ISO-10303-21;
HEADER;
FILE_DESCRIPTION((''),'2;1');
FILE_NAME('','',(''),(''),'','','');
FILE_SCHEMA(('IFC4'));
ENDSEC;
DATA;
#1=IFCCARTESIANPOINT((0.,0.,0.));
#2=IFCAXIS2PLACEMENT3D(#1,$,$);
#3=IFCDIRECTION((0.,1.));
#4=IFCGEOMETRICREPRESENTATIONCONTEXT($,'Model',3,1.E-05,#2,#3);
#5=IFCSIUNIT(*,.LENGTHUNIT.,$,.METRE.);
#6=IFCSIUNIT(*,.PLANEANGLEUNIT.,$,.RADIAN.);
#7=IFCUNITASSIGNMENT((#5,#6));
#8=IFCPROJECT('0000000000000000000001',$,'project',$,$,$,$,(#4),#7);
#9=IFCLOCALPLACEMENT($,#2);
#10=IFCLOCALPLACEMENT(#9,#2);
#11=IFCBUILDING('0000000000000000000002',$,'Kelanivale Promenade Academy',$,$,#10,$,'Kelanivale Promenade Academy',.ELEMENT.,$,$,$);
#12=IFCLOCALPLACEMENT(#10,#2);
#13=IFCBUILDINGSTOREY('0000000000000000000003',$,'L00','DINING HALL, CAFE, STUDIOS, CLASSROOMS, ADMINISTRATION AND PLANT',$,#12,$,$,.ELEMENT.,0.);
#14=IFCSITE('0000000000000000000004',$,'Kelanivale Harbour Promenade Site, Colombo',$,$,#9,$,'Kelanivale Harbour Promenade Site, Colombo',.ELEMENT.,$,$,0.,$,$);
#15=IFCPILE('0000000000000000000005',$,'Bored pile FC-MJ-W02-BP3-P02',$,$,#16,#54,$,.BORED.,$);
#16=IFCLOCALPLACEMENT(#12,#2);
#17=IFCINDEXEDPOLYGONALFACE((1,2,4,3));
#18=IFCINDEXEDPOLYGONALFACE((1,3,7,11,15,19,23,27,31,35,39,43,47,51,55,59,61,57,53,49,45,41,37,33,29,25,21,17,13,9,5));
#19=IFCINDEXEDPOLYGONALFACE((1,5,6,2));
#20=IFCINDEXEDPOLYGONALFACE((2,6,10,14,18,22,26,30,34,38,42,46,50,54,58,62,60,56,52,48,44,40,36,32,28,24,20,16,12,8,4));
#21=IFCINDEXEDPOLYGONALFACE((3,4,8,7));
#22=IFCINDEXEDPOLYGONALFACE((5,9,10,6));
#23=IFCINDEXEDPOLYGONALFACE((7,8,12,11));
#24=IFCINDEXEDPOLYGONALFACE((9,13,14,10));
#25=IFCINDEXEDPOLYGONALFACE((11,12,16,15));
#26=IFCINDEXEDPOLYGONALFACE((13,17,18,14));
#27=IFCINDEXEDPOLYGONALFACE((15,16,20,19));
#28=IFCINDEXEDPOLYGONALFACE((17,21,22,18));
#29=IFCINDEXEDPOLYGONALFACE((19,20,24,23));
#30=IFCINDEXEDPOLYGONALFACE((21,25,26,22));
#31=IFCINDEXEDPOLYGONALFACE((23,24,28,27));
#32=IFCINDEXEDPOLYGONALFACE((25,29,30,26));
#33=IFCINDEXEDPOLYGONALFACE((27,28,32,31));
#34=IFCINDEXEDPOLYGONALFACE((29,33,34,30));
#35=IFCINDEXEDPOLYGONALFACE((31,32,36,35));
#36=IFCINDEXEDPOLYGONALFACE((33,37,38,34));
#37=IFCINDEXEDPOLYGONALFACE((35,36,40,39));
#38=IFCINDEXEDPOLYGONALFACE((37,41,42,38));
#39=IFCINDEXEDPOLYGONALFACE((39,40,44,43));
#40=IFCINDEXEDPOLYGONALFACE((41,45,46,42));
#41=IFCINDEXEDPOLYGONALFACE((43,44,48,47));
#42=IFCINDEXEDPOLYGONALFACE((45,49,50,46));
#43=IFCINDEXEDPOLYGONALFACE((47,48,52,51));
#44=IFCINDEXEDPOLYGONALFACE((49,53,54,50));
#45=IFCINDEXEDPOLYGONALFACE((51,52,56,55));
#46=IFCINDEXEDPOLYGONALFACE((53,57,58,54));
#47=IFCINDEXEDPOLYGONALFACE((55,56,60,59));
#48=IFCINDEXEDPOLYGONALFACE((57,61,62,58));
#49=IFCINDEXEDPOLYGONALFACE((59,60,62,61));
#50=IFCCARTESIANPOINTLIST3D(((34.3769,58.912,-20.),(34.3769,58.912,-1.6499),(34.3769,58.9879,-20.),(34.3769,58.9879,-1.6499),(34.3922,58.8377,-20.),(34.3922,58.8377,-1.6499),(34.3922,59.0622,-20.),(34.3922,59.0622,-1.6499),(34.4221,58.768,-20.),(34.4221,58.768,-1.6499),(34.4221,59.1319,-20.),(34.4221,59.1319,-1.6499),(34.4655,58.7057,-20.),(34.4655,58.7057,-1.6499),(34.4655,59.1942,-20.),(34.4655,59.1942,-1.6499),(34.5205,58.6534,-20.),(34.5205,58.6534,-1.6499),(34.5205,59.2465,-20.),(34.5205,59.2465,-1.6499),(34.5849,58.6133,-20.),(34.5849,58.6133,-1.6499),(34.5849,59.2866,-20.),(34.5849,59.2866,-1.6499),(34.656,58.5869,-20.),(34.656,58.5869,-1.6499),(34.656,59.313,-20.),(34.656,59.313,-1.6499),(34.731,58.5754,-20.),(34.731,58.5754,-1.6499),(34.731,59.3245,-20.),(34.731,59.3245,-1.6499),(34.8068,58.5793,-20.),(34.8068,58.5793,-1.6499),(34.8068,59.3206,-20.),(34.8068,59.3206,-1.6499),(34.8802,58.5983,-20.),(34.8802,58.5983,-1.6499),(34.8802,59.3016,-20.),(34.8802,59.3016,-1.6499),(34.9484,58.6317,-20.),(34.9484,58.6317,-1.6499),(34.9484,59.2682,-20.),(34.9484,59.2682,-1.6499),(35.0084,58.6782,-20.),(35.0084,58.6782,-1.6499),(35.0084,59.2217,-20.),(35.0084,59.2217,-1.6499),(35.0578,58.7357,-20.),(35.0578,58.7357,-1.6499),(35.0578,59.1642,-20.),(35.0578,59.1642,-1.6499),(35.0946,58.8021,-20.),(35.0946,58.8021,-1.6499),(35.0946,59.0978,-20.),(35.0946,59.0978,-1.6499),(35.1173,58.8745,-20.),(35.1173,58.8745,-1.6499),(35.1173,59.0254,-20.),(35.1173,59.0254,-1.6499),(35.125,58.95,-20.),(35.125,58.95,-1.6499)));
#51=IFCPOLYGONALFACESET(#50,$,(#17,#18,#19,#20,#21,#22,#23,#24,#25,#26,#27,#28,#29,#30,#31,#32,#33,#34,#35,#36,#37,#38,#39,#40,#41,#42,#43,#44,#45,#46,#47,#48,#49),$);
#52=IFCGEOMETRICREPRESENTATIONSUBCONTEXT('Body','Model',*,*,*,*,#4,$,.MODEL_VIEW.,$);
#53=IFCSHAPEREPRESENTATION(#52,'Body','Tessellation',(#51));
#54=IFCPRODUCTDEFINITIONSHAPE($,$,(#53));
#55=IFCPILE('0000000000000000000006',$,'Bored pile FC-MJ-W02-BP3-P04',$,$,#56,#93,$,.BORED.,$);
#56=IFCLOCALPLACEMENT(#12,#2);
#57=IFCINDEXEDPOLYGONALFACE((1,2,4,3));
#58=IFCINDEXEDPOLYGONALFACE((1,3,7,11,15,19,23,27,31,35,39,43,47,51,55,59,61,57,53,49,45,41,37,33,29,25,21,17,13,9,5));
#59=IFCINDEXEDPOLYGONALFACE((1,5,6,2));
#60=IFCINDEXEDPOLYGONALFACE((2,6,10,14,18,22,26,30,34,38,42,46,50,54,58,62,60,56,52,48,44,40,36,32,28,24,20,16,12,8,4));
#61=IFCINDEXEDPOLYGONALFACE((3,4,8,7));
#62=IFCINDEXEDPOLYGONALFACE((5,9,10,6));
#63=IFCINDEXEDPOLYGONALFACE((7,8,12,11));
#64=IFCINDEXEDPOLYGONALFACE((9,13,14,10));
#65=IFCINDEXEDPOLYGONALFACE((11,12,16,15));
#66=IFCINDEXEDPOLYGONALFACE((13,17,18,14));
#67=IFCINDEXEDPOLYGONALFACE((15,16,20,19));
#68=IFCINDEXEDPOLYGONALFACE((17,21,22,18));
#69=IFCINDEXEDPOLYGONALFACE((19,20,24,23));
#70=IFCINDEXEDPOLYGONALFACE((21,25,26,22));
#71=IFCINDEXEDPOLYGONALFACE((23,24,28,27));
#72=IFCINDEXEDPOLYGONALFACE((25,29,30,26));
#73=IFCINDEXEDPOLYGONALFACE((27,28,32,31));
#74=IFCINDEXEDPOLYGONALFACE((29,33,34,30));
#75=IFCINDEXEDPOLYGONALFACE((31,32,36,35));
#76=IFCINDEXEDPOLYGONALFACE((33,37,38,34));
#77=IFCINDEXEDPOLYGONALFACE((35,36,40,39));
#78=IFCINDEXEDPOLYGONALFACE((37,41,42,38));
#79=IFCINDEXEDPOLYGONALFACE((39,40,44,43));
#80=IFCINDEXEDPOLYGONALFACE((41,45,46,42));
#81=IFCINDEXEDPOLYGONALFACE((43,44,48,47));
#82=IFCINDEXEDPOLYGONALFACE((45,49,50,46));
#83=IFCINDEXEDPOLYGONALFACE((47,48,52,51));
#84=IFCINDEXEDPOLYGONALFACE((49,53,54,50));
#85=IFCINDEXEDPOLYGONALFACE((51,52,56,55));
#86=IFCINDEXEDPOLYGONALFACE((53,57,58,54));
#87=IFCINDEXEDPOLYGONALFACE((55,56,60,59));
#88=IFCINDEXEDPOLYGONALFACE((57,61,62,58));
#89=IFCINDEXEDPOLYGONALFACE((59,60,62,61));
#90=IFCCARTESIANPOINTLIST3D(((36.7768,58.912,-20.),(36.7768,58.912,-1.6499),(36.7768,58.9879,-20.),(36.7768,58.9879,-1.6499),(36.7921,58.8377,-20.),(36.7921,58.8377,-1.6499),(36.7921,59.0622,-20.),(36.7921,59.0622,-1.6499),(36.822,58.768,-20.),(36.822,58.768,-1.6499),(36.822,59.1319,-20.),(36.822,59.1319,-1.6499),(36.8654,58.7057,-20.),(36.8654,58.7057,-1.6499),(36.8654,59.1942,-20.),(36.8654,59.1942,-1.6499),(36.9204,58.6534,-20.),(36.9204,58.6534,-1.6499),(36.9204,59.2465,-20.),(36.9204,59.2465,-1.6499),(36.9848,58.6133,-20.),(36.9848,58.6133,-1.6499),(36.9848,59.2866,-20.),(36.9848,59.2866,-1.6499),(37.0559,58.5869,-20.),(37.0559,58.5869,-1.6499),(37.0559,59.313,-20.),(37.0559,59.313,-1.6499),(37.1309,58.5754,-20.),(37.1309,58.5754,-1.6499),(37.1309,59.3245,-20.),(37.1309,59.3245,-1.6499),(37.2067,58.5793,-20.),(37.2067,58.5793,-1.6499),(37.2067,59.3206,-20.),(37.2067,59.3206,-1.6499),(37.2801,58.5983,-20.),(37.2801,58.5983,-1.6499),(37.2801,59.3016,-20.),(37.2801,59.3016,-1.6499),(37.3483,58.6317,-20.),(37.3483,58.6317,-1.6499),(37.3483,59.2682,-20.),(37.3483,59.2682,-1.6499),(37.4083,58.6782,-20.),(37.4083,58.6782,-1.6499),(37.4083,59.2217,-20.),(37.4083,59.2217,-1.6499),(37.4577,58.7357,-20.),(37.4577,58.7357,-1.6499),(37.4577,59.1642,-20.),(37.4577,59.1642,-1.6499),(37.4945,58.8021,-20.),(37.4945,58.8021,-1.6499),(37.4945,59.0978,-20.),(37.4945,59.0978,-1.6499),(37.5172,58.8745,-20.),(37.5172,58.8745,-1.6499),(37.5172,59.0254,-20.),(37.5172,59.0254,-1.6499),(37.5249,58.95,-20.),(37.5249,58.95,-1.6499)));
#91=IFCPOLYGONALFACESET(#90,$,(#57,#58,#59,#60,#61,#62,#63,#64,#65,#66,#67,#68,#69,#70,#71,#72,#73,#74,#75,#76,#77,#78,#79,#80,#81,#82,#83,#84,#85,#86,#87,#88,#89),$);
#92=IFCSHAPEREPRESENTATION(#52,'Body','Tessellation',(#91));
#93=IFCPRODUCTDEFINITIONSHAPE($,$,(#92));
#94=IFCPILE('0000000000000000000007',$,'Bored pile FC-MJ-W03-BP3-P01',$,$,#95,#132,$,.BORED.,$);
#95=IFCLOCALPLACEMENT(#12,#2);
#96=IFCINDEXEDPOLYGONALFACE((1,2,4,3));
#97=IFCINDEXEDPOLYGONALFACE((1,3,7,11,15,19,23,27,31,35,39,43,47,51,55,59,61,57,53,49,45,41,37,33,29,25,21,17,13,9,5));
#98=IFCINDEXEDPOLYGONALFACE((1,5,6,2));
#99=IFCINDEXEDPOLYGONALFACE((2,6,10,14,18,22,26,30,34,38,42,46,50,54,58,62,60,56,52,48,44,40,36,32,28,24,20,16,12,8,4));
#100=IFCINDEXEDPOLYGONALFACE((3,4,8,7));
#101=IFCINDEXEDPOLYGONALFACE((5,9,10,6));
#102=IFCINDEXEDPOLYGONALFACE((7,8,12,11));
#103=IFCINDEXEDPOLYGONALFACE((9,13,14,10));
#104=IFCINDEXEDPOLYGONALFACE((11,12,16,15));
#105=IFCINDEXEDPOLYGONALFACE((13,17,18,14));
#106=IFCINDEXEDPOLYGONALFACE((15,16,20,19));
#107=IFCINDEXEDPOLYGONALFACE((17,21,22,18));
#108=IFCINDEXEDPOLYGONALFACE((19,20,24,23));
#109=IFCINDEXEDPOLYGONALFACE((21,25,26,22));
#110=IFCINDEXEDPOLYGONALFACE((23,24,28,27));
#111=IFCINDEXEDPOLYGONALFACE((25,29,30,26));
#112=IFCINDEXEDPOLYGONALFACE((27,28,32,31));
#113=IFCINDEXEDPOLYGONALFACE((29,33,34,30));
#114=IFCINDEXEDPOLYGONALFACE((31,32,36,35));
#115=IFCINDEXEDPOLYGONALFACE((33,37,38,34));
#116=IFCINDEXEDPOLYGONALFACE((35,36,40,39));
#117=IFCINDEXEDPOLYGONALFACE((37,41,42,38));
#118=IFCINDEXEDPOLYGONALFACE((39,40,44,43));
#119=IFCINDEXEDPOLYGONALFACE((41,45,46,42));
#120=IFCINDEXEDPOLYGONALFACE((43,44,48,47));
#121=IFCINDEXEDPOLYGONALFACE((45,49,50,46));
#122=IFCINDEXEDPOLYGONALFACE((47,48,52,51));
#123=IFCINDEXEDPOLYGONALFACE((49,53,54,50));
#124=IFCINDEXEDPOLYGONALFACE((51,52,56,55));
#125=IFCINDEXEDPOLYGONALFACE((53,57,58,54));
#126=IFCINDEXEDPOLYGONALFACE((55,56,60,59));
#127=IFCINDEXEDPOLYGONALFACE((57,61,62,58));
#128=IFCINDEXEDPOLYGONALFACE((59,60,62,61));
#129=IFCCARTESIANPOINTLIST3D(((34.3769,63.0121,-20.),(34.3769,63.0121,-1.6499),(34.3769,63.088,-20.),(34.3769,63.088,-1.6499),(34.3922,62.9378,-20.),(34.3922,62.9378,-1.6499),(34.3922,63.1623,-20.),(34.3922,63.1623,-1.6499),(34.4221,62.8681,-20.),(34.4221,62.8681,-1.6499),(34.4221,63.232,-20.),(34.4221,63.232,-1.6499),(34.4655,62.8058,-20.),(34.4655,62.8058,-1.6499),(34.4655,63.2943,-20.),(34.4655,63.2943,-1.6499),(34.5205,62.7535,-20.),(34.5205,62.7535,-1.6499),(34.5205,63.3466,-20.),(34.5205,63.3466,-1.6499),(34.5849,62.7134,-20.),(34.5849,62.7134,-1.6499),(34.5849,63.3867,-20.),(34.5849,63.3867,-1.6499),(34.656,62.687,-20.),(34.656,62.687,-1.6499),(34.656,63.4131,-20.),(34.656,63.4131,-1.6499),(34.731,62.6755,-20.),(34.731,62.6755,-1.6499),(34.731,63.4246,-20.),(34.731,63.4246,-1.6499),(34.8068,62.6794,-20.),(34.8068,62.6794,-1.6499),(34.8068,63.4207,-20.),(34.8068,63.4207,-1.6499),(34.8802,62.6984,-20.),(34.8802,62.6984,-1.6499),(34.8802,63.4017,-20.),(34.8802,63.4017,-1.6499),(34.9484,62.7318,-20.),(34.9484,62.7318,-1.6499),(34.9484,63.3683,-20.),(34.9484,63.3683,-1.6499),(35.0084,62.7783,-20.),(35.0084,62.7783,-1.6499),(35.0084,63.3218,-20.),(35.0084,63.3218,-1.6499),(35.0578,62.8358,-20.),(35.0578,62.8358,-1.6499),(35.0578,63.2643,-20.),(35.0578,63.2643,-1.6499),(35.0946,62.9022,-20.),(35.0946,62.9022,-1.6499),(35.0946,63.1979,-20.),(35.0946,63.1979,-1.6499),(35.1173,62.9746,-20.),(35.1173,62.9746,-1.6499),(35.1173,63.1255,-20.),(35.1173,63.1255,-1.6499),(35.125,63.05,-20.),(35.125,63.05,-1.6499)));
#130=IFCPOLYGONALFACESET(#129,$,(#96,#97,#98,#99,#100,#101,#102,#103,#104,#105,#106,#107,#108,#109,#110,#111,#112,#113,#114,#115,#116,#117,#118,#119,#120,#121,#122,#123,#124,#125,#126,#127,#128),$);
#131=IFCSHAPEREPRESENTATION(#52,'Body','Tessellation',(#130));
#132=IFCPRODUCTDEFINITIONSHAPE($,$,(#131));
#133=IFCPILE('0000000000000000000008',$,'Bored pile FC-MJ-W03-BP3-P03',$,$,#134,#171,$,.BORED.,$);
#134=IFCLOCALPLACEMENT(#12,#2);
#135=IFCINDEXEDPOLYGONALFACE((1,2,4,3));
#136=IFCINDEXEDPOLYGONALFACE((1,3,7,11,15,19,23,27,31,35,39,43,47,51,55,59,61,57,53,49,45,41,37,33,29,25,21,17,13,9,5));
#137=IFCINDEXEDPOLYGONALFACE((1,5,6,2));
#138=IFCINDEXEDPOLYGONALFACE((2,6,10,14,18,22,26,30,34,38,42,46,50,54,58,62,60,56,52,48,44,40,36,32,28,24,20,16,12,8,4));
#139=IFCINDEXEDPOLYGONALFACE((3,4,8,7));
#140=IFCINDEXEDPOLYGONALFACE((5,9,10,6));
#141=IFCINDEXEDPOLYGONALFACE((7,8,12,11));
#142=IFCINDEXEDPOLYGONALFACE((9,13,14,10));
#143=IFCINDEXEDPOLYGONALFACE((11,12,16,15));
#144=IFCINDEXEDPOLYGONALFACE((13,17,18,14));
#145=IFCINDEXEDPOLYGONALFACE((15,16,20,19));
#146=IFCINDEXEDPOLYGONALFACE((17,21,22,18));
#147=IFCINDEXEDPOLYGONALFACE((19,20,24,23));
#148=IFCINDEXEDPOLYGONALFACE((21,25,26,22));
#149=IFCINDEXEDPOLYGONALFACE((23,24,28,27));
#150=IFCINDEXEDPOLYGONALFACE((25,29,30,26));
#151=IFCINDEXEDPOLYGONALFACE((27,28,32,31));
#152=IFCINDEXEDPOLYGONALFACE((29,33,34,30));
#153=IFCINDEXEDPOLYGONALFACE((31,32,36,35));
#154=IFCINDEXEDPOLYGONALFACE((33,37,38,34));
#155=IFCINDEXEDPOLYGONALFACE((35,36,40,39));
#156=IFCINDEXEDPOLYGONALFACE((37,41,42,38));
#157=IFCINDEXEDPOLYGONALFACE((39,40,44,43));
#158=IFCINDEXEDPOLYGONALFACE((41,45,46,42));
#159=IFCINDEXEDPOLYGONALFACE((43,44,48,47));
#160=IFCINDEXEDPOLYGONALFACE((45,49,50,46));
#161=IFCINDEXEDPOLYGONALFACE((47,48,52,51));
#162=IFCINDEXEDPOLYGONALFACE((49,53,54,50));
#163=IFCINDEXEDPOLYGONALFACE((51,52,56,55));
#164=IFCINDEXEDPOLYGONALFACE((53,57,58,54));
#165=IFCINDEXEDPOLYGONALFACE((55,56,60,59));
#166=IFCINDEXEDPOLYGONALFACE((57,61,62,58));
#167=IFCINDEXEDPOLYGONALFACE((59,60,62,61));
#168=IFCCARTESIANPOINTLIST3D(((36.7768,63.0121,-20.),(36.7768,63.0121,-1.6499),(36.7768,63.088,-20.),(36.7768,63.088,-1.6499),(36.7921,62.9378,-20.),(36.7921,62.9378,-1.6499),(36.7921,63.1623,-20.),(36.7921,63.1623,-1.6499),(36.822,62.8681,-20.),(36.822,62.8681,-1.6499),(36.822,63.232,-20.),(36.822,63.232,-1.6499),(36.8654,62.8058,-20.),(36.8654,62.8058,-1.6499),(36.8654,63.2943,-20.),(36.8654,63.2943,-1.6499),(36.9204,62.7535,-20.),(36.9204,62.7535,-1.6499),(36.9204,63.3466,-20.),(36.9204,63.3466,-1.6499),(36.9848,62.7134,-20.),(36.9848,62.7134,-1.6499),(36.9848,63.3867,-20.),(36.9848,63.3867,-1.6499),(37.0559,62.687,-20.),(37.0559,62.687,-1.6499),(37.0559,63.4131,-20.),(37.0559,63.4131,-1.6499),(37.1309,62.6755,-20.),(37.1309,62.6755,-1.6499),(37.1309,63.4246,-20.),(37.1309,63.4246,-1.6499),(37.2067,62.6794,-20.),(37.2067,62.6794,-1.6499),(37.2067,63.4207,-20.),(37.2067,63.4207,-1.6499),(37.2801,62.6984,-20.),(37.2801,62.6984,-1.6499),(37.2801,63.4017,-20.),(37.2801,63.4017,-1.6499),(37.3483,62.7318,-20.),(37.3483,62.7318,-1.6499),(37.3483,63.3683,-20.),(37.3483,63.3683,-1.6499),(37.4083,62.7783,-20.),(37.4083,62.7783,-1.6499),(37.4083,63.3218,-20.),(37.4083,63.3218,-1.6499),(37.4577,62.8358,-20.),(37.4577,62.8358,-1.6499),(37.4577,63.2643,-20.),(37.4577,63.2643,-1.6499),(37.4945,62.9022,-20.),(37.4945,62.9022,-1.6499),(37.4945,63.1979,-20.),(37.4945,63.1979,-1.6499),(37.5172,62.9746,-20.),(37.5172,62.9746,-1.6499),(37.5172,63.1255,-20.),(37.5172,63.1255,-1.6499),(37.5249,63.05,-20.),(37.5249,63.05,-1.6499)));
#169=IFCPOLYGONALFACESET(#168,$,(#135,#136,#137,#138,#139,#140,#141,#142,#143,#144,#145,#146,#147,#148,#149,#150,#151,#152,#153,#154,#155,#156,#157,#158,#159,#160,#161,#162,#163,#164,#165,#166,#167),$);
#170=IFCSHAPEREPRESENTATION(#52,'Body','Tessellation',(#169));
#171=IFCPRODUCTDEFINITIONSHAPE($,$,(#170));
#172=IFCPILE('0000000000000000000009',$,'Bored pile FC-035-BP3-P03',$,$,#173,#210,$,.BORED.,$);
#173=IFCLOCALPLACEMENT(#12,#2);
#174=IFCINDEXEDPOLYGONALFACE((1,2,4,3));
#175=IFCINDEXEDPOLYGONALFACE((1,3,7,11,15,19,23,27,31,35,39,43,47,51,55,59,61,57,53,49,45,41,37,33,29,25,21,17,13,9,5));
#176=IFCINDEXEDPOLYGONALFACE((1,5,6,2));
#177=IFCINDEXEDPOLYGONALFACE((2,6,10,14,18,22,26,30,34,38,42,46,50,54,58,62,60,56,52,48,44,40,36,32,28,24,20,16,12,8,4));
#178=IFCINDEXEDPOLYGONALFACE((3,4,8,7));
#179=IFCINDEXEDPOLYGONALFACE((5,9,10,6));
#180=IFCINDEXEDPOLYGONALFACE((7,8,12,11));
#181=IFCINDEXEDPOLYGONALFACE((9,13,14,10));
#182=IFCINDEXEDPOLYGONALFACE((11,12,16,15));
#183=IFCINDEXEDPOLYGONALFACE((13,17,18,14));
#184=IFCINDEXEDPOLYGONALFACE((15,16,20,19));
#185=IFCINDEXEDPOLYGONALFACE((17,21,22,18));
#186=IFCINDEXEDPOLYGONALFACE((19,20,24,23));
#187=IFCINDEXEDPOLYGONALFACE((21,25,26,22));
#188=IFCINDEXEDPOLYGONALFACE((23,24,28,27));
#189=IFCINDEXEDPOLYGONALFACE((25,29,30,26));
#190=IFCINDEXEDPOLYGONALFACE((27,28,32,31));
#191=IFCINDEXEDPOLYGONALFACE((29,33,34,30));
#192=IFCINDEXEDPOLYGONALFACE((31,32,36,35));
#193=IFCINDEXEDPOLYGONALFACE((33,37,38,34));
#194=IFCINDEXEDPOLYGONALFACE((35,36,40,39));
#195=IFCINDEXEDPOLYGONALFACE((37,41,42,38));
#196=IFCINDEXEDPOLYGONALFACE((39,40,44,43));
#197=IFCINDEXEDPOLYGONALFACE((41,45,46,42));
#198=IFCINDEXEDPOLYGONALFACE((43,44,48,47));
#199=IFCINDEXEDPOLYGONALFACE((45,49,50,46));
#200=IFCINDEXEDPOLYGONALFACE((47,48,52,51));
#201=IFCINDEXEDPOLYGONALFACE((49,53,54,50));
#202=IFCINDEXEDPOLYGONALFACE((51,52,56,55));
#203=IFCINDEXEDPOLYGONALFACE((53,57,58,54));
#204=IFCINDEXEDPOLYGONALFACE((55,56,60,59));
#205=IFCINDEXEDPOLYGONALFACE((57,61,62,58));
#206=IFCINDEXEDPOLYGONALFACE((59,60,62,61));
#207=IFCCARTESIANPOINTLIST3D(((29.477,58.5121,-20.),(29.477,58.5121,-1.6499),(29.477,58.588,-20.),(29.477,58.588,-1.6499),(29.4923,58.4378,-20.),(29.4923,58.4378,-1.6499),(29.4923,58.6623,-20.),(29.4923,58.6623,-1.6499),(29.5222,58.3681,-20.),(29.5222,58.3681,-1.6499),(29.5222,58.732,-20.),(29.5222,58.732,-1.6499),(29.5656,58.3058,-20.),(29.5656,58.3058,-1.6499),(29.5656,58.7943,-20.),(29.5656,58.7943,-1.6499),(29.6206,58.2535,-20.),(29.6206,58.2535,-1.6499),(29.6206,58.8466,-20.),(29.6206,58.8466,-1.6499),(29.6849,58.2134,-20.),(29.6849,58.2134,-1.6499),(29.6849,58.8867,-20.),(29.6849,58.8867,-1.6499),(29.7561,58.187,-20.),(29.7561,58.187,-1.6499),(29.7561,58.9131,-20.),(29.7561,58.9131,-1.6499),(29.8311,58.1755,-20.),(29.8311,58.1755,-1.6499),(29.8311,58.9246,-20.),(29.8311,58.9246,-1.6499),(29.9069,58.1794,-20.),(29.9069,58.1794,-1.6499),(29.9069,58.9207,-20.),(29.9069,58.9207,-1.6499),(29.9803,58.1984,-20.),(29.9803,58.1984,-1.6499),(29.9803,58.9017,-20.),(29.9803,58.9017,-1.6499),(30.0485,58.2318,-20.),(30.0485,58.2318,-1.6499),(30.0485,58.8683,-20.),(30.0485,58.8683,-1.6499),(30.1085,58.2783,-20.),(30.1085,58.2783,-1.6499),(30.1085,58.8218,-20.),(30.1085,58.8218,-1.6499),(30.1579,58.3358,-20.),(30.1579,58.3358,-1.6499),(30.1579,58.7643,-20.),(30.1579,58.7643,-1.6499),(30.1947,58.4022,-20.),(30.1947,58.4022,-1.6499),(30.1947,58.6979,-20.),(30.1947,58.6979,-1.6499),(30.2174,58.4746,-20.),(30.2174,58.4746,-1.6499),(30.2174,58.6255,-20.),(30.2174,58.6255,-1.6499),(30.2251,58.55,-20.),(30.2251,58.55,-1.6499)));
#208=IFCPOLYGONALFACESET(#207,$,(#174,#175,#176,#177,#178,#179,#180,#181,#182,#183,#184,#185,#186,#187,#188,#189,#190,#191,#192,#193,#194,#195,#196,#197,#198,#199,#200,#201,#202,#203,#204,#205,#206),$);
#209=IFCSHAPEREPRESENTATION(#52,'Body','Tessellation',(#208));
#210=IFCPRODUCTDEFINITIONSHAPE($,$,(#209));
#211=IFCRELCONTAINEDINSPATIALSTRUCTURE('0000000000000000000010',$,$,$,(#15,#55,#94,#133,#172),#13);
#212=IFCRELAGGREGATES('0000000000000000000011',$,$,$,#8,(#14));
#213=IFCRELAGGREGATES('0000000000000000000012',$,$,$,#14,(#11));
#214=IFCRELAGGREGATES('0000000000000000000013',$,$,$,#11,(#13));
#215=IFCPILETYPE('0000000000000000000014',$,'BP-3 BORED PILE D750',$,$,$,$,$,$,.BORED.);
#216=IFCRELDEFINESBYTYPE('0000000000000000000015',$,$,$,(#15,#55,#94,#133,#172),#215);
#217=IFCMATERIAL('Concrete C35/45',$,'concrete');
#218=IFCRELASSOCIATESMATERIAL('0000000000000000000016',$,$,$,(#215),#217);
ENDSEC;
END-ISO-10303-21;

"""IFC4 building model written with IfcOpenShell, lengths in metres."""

from ifc_helpers import new_model, si_unit, direction, frame, origin, origin_2d, place, context, subcontext, project, spatial, circle, extrude, material, material_profile, profile_set, type_object, element, save


model = new_model("IFC4")

# Units and contexts
model_context = context("Model", 3, precision=1e-05, world=origin(), true_north=direction((0.0, 1.0)))
body_context = subcontext(model_context, "Body", "Model", "MODEL_VIEW")
ifc_project = project(units=[si_unit("LENGTHUNIT", "METRE"), si_unit("PLANEANGLEUNIT", "RADIAN")], contexts=[model_context])

# Site, building, storey
site_placement = place(None, origin())
site = spatial("IfcSite", under=ifc_project, at=site_placement, Name="Kelanivale Harbour Promenade Site, Colombo", LongName="Kelanivale Harbour Promenade Site, Colombo", CompositionType="ELEMENT", RefElevation=0.0)
building_placement = place(site_placement, origin())
building = spatial("IfcBuilding", under=site, at=building_placement, Name="Kelanivale Promenade Academy", LongName="Kelanivale Promenade Academy", CompositionType="ELEMENT")
storey_placement = place(building_placement, origin())
storey = spatial("IfcBuildingStorey", under=building, at=storey_placement, Name="L00", Description="DINING HALL, CAFE, STUDIOS, CLASSROOMS, ADMINISTRATION AND PLANT", CompositionType="ELEMENT", Elevation=0.0)

# Piles
ifc_material_1 = material(Name="Concrete C35/45", Category="concrete")
ifc_material_profile_1 = material_profile(ifc_material_1, circle(Radius=0.375, at=origin_2d()), Name="BORED PILE D750")
ifc_profile_set_1 = profile_set([ifc_material_profile_1], Name="Concrete C35/45")
pile_type_1 = type_object("IfcPileType", Name="BP-3 BORED PILE D750", PredefinedType="BORED", material=ifc_profile_set_1)
for number, where, z_axis, x_axis, name in (
    (1, (34.75, 58.95, -1.6499), (0.0, 0.0, -1.0), (1.0, 0.0, 0.0), "Bored pile FC-MJ-W02-BP3-P02"),
    (2, (37.1499, 58.95, -1.6499), (0.0, 0.0, -1.0), (1.0, 0.0, 0.0), "Bored pile FC-MJ-W02-BP3-P04"),
    (3, (34.75, 63.05, -1.6499), (0.0, 0.0, -1.0), (1.0, 0.0, 0.0), "Bored pile FC-MJ-W03-BP3-P01"),
    (4, (37.1499, 63.05, -1.6499), (0.0, 0.0, -1.0), (1.0, 0.0, 0.0), "Bored pile FC-MJ-W03-BP3-P03"),
    (5, (29.8501, 58.55, -1.6499), (0.0, 0.0, -1.0), (1.0, 0.0, 0.0), "Bored pile FC-035-BP3-P03"),
):
    element("IfcPile", number, at=place(storey_placement, frame(where, z_axis=z_axis, x_axis=x_axis)), inside=storey, type_object=pile_type_1, Name=name, PredefinedType="BORED", context=body_context, shape_type="SweptSolid", body=[
        extrude(circle(Radius=0.375, at=origin_2d()), origin(), (0.0, 0.0, 1.0), 18.3501),
    ])

save(model, "model.ifc")
